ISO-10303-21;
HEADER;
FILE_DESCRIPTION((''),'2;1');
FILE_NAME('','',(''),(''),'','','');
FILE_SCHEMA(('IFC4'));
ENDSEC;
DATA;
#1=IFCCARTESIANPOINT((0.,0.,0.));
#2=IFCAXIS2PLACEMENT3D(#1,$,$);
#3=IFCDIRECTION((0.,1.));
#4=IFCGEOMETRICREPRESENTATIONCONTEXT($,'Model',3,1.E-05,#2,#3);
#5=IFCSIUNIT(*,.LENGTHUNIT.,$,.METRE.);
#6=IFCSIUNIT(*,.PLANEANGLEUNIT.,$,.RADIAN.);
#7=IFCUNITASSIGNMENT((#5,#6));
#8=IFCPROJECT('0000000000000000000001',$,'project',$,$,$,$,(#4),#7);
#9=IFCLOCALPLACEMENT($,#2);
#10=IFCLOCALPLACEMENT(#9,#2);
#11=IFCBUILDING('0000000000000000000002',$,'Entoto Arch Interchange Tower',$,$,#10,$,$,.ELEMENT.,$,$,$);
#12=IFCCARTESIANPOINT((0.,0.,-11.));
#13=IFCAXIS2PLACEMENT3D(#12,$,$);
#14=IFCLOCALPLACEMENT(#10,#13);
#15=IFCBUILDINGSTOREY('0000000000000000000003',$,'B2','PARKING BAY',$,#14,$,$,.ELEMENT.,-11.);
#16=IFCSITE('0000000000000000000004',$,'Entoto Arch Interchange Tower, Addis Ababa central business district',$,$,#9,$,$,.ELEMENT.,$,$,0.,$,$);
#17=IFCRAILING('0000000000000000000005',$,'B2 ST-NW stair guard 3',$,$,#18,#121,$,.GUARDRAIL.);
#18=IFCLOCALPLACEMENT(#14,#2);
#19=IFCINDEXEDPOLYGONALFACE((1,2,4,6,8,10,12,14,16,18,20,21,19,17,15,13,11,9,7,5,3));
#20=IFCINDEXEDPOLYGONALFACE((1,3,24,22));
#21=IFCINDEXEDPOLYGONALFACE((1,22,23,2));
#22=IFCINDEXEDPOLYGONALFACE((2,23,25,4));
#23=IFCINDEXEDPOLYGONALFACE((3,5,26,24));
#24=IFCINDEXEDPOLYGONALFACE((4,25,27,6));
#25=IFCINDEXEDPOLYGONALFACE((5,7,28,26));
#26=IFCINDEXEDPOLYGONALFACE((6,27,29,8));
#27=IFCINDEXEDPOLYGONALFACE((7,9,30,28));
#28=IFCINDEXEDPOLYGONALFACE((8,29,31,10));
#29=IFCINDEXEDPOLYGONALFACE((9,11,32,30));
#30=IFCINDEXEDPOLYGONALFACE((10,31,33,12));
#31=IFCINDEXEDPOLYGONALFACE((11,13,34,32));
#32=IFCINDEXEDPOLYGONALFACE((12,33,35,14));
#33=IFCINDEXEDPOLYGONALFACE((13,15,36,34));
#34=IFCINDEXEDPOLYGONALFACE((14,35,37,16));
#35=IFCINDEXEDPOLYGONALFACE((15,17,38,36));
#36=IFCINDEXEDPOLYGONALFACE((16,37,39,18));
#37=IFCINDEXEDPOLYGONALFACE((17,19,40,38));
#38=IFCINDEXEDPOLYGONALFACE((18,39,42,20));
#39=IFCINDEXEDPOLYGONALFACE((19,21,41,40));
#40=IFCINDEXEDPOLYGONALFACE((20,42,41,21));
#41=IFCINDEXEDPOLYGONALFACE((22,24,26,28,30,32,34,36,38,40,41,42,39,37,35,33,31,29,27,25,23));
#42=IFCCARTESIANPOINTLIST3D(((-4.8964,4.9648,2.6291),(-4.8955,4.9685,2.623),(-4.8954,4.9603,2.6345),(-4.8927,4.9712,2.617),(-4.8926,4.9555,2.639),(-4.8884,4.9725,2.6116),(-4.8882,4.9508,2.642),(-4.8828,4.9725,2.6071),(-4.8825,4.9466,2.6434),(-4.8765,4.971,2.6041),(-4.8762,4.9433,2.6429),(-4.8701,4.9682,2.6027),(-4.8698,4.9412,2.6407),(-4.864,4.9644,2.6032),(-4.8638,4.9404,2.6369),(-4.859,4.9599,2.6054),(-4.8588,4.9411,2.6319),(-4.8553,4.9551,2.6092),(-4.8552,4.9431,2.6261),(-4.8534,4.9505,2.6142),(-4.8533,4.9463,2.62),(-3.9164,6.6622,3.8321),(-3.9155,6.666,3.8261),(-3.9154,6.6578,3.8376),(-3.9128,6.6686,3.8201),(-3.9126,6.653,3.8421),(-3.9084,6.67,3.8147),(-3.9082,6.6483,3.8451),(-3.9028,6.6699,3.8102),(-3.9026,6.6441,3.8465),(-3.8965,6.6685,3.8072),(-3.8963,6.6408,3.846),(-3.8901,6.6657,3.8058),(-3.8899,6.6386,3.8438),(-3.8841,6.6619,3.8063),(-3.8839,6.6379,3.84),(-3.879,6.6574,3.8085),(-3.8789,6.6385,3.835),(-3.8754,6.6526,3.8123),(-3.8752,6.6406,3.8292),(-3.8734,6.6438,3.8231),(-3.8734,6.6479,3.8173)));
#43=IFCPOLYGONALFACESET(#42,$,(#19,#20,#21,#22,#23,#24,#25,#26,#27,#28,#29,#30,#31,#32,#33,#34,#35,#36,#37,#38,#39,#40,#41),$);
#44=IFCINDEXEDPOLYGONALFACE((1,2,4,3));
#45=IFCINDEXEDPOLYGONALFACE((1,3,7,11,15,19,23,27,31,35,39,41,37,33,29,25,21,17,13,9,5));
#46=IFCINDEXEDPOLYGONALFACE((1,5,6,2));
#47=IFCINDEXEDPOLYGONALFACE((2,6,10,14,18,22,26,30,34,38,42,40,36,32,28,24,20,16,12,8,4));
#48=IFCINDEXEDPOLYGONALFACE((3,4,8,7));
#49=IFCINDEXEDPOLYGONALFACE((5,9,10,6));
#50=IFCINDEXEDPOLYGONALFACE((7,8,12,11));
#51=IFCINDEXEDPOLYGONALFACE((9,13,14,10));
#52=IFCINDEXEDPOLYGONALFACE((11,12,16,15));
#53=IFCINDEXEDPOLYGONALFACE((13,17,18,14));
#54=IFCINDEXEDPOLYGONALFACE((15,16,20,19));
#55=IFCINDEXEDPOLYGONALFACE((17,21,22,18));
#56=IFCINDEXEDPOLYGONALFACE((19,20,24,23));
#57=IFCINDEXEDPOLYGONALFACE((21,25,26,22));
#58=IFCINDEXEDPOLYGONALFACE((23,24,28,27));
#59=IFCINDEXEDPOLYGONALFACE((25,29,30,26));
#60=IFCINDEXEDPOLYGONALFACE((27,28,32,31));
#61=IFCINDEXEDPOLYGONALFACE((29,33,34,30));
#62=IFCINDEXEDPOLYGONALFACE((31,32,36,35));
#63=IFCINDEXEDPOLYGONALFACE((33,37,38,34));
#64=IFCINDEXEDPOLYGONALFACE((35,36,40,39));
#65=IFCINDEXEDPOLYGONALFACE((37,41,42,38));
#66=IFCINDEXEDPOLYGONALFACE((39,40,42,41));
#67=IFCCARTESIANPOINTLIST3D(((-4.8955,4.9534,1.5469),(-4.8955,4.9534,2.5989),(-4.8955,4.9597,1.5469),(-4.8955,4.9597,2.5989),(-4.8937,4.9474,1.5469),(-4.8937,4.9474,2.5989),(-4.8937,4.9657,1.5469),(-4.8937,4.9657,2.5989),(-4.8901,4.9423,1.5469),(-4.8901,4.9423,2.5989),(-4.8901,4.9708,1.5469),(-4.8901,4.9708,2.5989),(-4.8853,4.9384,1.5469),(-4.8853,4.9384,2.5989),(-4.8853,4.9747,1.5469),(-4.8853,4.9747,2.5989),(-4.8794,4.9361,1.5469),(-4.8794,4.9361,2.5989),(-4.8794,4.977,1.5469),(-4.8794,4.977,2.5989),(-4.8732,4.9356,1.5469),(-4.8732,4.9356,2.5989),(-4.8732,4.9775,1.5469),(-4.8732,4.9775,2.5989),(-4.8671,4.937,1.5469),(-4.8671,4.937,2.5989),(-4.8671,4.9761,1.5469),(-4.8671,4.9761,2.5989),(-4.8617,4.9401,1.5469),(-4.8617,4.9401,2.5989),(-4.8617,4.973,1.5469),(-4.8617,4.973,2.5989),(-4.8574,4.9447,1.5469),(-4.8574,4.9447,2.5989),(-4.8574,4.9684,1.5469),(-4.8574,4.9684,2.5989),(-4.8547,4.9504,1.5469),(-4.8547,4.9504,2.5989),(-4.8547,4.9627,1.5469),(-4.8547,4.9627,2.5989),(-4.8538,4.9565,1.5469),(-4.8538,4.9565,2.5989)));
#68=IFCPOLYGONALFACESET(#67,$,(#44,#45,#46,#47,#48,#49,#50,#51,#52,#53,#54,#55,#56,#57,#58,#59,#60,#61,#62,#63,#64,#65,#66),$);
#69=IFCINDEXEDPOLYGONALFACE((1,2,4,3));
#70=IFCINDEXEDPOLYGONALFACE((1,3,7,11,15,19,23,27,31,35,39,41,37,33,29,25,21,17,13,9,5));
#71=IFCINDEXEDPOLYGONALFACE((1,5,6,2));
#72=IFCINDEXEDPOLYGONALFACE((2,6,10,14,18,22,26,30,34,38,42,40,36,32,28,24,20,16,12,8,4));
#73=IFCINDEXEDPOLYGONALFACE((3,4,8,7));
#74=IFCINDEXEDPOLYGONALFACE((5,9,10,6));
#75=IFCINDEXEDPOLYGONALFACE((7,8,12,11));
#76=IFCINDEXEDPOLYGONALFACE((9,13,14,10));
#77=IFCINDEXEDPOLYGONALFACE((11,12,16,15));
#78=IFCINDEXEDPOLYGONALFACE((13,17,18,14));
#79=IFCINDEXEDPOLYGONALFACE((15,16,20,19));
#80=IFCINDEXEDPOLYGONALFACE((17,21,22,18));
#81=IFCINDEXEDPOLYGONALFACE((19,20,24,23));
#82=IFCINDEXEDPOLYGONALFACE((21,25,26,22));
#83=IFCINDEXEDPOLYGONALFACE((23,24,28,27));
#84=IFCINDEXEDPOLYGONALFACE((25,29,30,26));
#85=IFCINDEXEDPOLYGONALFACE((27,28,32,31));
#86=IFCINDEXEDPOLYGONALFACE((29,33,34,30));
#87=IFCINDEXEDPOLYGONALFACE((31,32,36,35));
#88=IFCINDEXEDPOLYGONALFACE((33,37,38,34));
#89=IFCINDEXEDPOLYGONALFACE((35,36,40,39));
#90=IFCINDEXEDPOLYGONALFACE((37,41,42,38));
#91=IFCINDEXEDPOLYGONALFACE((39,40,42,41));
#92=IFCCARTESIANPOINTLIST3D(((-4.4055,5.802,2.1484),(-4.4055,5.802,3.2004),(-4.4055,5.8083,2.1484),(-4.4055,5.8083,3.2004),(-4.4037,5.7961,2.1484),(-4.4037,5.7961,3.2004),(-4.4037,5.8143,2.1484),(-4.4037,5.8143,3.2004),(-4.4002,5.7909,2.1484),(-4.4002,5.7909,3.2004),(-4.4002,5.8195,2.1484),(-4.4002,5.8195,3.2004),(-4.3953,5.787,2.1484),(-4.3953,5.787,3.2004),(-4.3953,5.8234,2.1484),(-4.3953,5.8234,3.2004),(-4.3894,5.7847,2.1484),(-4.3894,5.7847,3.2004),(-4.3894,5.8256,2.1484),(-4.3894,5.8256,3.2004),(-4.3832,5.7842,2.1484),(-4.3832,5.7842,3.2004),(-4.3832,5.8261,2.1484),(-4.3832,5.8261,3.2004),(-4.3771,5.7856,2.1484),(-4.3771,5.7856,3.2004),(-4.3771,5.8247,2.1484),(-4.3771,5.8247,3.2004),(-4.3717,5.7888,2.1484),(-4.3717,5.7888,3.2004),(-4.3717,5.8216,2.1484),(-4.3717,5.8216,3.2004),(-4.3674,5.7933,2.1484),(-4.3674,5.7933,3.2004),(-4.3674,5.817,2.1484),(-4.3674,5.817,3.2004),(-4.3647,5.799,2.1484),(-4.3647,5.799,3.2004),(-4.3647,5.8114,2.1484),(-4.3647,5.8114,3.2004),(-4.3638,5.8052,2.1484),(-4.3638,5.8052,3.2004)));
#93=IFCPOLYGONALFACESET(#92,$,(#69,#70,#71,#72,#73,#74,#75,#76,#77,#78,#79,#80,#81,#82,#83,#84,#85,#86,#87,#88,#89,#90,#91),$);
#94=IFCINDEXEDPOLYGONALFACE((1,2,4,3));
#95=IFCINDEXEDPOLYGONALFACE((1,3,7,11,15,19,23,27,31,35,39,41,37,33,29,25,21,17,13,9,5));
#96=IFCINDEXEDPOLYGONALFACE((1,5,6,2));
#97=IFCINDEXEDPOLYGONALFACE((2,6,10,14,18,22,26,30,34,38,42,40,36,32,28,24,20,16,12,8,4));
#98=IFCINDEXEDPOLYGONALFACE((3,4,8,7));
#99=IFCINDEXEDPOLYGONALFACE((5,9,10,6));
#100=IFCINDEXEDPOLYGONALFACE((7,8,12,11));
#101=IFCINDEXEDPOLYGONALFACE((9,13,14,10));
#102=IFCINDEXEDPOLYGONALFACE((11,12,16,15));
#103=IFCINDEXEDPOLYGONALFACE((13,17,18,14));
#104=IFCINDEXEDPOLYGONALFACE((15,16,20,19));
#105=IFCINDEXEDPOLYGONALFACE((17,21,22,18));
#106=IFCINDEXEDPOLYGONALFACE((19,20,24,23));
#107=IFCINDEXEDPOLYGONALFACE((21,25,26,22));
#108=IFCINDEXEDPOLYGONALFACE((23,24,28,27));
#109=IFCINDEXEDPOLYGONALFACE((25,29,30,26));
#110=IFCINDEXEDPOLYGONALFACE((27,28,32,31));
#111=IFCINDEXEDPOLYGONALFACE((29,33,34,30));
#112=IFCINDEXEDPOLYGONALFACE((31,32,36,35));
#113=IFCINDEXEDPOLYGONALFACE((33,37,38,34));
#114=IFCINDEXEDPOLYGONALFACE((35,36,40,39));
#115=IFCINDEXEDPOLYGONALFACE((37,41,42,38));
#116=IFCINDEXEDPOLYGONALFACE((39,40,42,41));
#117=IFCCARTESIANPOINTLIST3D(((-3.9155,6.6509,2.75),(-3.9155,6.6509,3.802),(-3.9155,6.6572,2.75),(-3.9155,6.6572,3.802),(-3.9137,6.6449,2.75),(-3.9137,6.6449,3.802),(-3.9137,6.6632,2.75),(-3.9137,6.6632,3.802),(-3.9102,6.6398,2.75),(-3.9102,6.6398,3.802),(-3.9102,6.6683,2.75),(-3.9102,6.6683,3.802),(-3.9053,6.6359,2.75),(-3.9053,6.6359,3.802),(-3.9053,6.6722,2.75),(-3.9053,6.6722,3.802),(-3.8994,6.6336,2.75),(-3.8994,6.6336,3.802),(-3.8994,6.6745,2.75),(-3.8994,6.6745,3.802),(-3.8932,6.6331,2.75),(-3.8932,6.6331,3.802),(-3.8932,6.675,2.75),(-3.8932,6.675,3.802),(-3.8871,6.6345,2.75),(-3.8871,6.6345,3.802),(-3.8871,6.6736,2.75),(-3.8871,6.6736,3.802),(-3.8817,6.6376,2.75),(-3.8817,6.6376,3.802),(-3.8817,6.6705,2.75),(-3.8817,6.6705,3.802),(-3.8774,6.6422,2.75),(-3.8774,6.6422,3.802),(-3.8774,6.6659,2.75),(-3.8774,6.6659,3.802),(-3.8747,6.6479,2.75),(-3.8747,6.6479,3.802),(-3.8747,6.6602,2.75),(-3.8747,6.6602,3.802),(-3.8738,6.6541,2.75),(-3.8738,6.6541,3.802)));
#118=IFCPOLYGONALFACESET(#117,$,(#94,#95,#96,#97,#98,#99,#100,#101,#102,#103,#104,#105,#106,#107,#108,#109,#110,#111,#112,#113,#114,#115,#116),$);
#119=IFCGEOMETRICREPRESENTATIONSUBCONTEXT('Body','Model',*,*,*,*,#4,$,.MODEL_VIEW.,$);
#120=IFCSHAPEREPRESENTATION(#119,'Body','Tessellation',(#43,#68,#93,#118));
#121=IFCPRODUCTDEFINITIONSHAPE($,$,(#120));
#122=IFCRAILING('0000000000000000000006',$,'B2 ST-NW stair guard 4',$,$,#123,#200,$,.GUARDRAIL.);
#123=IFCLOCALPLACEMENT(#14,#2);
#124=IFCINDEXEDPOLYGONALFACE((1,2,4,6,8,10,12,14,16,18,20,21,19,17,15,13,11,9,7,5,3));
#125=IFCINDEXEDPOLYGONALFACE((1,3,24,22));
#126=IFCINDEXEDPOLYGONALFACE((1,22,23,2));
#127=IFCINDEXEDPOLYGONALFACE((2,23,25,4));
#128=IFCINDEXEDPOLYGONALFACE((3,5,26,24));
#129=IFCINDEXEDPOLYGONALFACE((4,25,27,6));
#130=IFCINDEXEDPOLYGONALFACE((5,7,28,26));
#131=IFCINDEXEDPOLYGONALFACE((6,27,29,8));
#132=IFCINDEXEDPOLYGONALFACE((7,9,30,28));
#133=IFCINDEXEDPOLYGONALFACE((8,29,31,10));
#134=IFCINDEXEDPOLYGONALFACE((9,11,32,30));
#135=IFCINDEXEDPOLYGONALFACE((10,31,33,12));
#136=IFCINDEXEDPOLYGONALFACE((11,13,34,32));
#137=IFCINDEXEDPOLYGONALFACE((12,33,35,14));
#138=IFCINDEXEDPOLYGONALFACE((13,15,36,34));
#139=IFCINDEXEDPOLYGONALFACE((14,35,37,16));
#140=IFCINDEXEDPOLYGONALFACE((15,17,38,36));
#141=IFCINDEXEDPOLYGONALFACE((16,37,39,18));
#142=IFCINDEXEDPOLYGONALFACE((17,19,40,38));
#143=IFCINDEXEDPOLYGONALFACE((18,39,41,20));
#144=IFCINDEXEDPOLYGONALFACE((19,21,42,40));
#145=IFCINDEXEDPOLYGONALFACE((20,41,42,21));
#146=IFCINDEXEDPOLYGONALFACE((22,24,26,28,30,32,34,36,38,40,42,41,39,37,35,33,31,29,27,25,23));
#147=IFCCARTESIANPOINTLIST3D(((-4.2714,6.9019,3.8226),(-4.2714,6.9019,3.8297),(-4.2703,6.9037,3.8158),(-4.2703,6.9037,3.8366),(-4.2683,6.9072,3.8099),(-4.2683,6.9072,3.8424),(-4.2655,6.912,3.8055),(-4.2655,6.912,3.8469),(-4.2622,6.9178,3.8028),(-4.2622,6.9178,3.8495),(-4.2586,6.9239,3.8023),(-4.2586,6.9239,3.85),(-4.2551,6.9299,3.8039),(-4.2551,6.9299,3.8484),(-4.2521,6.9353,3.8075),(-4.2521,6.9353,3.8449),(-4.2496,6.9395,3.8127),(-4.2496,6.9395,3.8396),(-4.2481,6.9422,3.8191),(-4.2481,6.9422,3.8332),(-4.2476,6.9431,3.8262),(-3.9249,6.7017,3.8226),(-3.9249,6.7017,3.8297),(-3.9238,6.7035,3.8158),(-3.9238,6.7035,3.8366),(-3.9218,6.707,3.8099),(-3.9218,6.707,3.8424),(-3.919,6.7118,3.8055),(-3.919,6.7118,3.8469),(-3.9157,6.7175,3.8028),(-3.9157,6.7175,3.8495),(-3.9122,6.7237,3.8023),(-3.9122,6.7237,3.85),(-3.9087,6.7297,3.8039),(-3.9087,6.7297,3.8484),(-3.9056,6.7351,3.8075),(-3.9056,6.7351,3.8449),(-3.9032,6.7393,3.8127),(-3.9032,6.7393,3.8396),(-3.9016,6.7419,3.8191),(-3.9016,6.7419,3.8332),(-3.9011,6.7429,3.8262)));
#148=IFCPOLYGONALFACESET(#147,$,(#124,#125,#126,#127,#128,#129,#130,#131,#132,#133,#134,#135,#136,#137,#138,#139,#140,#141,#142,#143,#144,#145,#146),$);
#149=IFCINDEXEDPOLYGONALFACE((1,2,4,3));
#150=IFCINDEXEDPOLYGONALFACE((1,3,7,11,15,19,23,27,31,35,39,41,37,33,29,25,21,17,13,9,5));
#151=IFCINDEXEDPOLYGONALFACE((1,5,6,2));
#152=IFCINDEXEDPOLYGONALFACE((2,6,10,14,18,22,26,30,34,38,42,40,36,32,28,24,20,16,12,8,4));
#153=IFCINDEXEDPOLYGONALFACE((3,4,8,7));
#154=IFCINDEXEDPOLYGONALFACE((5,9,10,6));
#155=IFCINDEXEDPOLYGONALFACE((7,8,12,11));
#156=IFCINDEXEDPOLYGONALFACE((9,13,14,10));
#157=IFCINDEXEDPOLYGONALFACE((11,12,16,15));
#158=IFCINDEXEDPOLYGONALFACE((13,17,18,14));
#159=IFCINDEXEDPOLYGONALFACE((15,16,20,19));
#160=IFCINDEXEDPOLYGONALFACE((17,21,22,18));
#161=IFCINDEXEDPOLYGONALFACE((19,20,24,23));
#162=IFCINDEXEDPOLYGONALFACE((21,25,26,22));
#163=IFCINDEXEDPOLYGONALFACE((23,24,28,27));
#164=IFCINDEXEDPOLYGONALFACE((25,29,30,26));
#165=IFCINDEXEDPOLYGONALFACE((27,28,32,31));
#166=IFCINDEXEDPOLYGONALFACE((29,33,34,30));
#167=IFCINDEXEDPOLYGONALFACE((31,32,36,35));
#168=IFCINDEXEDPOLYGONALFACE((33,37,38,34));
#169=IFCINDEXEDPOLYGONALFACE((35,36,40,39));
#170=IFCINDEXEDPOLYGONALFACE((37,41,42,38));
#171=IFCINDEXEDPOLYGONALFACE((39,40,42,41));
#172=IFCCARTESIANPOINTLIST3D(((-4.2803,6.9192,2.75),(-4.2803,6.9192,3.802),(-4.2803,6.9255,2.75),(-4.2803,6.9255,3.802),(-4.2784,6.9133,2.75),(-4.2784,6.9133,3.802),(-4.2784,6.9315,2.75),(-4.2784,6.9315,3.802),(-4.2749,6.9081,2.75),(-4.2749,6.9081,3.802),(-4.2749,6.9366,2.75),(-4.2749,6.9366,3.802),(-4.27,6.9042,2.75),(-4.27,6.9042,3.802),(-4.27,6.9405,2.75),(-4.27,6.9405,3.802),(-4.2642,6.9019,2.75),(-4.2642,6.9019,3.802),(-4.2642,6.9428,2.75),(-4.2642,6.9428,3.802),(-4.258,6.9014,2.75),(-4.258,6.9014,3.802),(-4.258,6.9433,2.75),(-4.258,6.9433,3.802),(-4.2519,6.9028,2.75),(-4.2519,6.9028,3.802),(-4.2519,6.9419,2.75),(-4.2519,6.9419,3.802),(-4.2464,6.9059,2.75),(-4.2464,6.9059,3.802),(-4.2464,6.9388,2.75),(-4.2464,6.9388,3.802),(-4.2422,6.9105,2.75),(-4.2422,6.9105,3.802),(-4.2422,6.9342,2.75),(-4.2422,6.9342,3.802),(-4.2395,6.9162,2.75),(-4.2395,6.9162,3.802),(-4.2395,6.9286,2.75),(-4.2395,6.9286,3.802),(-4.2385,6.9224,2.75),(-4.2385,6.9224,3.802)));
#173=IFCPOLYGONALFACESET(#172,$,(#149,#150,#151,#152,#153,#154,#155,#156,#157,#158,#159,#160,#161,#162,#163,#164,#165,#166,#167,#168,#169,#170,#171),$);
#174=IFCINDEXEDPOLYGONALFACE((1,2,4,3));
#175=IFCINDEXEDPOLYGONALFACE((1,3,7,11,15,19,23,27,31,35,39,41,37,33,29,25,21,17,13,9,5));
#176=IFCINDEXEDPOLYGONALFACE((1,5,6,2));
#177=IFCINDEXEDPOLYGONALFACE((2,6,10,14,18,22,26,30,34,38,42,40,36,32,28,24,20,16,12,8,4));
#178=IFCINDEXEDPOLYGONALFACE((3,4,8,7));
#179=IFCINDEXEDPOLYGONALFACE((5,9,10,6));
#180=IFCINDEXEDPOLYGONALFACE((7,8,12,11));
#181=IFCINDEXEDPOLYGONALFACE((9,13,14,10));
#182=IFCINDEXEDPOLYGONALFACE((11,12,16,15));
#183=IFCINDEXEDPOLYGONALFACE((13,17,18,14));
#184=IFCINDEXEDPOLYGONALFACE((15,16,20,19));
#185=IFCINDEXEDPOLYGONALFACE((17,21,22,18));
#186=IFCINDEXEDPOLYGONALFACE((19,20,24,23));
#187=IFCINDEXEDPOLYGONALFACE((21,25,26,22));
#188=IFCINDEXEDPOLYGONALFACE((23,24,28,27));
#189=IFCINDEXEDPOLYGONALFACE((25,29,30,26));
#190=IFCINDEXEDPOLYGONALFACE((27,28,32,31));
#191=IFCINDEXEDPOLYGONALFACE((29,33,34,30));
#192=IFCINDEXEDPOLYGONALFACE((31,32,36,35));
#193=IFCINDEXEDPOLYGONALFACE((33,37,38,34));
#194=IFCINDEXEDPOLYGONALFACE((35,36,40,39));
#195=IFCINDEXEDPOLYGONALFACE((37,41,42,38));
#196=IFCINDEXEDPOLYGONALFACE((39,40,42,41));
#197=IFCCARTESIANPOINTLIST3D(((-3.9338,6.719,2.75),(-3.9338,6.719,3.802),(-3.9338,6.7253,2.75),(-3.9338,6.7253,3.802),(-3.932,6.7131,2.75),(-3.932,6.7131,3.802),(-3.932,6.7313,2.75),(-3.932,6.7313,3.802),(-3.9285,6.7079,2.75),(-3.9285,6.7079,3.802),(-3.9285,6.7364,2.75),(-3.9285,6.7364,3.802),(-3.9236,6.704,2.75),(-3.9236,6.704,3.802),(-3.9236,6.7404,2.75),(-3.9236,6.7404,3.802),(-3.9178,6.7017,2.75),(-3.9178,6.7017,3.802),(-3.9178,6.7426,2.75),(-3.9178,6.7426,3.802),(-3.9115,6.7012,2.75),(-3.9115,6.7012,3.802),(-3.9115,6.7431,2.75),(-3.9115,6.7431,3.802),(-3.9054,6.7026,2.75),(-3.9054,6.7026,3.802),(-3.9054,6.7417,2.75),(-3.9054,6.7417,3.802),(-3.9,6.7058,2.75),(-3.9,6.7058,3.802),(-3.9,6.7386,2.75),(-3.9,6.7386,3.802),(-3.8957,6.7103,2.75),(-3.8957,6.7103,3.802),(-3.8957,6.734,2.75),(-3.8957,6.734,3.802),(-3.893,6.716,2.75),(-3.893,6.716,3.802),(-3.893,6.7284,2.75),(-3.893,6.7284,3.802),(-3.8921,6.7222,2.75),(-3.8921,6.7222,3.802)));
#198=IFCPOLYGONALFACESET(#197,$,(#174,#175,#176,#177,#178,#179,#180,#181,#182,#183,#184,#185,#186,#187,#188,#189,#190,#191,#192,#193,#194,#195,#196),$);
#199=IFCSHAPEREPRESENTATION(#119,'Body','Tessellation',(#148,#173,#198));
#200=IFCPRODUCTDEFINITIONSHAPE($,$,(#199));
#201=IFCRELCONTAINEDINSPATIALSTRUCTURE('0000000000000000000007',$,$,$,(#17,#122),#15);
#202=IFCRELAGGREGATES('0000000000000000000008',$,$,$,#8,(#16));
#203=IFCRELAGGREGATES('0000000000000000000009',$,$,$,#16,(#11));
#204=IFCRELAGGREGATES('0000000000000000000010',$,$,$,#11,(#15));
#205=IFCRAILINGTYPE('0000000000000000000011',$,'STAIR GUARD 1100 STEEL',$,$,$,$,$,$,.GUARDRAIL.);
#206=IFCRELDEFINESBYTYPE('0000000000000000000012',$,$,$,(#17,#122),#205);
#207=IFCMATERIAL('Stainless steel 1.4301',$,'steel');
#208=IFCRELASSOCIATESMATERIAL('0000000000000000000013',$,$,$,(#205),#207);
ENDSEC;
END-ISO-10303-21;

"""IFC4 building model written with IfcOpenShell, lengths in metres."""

from ifc_helpers import new_model, si_unit, direction, frame, origin, origin_2d, place, context, subcontext, project, spatial, circle, extrude, material, type_object, element, save


model = new_model("IFC4")

# Units and contexts
model_context = context("Model", 3, precision=1e-05, world=origin(), true_north=direction((0.0, 1.0)))
body_context = subcontext(model_context, "Body", "Model", "MODEL_VIEW")
ifc_project = project(units=[si_unit("LENGTHUNIT", "METRE"), si_unit("PLANEANGLEUNIT", "RADIAN")], contexts=[model_context])

# Site, building, storey
site_placement = place(None, origin())
site = spatial("IfcSite", under=ifc_project, at=site_placement, Name="Entoto Arch Interchange Tower, Addis Ababa central business district", CompositionType="ELEMENT", RefElevation=0.0)
building_placement = place(site_placement, origin())
building = spatial("IfcBuilding", under=site, at=building_placement, Name="Entoto Arch Interchange Tower", CompositionType="ELEMENT")
storey_placement = place(building_placement, frame((0.0, 0.0, -11.0)))
storey = spatial("IfcBuildingStorey", under=building, at=storey_placement, Name="B2", Description="PARKING BAY", CompositionType="ELEMENT", Elevation=-11.0)

# Railings
ifc_material_1 = material(Name="Stainless steel 1.4301", Category="steel")
railing_type_1 = type_object("IfcRailingType", Name="STAIR GUARD 1100 STEEL", PredefinedType="GUARDRAIL", material=ifc_material_1)
railing_1_placement = place(storey_placement, frame((-4.8748, 4.9565, 1.5469)))
element("IfcRailing", 1, at=railing_1_placement, inside=storey, type_object=railing_type_1, Name="B2 ST-NW stair guard 3", PredefinedType="GUARDRAIL", context=body_context, shape_type="SweptSolid", body=[
    extrude(circle(Radius=0.0239, at=origin_2d()), frame((0.0, 0.0, 1.0762), z_axis=(0.426102, 0.738089, 0.523127), x_axis=(-0.866042, 0.49997, 0.0)), (0.0, 0.0, 1.0), 2.2998),
    extrude(circle(Radius=0.021, at=origin_2d()), origin(), (0.0, 0.0, 1.0), 1.052),
    extrude(circle(Radius=0.021, at=origin_2d()), frame((0.49, 0.8486, 0.6016)), (0.0, 0.0, 1.0), 1.052),
    extrude(circle(Radius=0.021, at=origin_2d()), frame((0.98, 1.6975, 1.2031)), (0.0, 0.0, 1.0), 1.052),
])
railing_2_placement = place(storey_placement, frame((-4.2595, 6.9224, 2.75)))
element("IfcRailing", 2, at=railing_2_placement, inside=storey, type_object=railing_type_1, Name="B2 ST-NW stair guard 4", PredefinedType="GUARDRAIL", context=body_context, shape_type="SweptSolid", body=[
    extrude(circle(Radius=0.0239, at=origin_2d()), frame((0.0, 0.0, 1.0762), z_axis=(0.86583, -0.500339, 0.0), x_axis=(0.500339, 0.86583, 0.0)), (0.0, 0.0, 1.0), 0.4001),
    extrude(circle(Radius=0.021, at=origin_2d()), origin(), (0.0, 0.0, 1.0), 1.052),
    extrude(circle(Radius=0.021, at=origin_2d()), frame((0.3464, -0.2002, 0.0)), (0.0, 0.0, 1.0), 1.052),
])

save(model, "model.ifc")
